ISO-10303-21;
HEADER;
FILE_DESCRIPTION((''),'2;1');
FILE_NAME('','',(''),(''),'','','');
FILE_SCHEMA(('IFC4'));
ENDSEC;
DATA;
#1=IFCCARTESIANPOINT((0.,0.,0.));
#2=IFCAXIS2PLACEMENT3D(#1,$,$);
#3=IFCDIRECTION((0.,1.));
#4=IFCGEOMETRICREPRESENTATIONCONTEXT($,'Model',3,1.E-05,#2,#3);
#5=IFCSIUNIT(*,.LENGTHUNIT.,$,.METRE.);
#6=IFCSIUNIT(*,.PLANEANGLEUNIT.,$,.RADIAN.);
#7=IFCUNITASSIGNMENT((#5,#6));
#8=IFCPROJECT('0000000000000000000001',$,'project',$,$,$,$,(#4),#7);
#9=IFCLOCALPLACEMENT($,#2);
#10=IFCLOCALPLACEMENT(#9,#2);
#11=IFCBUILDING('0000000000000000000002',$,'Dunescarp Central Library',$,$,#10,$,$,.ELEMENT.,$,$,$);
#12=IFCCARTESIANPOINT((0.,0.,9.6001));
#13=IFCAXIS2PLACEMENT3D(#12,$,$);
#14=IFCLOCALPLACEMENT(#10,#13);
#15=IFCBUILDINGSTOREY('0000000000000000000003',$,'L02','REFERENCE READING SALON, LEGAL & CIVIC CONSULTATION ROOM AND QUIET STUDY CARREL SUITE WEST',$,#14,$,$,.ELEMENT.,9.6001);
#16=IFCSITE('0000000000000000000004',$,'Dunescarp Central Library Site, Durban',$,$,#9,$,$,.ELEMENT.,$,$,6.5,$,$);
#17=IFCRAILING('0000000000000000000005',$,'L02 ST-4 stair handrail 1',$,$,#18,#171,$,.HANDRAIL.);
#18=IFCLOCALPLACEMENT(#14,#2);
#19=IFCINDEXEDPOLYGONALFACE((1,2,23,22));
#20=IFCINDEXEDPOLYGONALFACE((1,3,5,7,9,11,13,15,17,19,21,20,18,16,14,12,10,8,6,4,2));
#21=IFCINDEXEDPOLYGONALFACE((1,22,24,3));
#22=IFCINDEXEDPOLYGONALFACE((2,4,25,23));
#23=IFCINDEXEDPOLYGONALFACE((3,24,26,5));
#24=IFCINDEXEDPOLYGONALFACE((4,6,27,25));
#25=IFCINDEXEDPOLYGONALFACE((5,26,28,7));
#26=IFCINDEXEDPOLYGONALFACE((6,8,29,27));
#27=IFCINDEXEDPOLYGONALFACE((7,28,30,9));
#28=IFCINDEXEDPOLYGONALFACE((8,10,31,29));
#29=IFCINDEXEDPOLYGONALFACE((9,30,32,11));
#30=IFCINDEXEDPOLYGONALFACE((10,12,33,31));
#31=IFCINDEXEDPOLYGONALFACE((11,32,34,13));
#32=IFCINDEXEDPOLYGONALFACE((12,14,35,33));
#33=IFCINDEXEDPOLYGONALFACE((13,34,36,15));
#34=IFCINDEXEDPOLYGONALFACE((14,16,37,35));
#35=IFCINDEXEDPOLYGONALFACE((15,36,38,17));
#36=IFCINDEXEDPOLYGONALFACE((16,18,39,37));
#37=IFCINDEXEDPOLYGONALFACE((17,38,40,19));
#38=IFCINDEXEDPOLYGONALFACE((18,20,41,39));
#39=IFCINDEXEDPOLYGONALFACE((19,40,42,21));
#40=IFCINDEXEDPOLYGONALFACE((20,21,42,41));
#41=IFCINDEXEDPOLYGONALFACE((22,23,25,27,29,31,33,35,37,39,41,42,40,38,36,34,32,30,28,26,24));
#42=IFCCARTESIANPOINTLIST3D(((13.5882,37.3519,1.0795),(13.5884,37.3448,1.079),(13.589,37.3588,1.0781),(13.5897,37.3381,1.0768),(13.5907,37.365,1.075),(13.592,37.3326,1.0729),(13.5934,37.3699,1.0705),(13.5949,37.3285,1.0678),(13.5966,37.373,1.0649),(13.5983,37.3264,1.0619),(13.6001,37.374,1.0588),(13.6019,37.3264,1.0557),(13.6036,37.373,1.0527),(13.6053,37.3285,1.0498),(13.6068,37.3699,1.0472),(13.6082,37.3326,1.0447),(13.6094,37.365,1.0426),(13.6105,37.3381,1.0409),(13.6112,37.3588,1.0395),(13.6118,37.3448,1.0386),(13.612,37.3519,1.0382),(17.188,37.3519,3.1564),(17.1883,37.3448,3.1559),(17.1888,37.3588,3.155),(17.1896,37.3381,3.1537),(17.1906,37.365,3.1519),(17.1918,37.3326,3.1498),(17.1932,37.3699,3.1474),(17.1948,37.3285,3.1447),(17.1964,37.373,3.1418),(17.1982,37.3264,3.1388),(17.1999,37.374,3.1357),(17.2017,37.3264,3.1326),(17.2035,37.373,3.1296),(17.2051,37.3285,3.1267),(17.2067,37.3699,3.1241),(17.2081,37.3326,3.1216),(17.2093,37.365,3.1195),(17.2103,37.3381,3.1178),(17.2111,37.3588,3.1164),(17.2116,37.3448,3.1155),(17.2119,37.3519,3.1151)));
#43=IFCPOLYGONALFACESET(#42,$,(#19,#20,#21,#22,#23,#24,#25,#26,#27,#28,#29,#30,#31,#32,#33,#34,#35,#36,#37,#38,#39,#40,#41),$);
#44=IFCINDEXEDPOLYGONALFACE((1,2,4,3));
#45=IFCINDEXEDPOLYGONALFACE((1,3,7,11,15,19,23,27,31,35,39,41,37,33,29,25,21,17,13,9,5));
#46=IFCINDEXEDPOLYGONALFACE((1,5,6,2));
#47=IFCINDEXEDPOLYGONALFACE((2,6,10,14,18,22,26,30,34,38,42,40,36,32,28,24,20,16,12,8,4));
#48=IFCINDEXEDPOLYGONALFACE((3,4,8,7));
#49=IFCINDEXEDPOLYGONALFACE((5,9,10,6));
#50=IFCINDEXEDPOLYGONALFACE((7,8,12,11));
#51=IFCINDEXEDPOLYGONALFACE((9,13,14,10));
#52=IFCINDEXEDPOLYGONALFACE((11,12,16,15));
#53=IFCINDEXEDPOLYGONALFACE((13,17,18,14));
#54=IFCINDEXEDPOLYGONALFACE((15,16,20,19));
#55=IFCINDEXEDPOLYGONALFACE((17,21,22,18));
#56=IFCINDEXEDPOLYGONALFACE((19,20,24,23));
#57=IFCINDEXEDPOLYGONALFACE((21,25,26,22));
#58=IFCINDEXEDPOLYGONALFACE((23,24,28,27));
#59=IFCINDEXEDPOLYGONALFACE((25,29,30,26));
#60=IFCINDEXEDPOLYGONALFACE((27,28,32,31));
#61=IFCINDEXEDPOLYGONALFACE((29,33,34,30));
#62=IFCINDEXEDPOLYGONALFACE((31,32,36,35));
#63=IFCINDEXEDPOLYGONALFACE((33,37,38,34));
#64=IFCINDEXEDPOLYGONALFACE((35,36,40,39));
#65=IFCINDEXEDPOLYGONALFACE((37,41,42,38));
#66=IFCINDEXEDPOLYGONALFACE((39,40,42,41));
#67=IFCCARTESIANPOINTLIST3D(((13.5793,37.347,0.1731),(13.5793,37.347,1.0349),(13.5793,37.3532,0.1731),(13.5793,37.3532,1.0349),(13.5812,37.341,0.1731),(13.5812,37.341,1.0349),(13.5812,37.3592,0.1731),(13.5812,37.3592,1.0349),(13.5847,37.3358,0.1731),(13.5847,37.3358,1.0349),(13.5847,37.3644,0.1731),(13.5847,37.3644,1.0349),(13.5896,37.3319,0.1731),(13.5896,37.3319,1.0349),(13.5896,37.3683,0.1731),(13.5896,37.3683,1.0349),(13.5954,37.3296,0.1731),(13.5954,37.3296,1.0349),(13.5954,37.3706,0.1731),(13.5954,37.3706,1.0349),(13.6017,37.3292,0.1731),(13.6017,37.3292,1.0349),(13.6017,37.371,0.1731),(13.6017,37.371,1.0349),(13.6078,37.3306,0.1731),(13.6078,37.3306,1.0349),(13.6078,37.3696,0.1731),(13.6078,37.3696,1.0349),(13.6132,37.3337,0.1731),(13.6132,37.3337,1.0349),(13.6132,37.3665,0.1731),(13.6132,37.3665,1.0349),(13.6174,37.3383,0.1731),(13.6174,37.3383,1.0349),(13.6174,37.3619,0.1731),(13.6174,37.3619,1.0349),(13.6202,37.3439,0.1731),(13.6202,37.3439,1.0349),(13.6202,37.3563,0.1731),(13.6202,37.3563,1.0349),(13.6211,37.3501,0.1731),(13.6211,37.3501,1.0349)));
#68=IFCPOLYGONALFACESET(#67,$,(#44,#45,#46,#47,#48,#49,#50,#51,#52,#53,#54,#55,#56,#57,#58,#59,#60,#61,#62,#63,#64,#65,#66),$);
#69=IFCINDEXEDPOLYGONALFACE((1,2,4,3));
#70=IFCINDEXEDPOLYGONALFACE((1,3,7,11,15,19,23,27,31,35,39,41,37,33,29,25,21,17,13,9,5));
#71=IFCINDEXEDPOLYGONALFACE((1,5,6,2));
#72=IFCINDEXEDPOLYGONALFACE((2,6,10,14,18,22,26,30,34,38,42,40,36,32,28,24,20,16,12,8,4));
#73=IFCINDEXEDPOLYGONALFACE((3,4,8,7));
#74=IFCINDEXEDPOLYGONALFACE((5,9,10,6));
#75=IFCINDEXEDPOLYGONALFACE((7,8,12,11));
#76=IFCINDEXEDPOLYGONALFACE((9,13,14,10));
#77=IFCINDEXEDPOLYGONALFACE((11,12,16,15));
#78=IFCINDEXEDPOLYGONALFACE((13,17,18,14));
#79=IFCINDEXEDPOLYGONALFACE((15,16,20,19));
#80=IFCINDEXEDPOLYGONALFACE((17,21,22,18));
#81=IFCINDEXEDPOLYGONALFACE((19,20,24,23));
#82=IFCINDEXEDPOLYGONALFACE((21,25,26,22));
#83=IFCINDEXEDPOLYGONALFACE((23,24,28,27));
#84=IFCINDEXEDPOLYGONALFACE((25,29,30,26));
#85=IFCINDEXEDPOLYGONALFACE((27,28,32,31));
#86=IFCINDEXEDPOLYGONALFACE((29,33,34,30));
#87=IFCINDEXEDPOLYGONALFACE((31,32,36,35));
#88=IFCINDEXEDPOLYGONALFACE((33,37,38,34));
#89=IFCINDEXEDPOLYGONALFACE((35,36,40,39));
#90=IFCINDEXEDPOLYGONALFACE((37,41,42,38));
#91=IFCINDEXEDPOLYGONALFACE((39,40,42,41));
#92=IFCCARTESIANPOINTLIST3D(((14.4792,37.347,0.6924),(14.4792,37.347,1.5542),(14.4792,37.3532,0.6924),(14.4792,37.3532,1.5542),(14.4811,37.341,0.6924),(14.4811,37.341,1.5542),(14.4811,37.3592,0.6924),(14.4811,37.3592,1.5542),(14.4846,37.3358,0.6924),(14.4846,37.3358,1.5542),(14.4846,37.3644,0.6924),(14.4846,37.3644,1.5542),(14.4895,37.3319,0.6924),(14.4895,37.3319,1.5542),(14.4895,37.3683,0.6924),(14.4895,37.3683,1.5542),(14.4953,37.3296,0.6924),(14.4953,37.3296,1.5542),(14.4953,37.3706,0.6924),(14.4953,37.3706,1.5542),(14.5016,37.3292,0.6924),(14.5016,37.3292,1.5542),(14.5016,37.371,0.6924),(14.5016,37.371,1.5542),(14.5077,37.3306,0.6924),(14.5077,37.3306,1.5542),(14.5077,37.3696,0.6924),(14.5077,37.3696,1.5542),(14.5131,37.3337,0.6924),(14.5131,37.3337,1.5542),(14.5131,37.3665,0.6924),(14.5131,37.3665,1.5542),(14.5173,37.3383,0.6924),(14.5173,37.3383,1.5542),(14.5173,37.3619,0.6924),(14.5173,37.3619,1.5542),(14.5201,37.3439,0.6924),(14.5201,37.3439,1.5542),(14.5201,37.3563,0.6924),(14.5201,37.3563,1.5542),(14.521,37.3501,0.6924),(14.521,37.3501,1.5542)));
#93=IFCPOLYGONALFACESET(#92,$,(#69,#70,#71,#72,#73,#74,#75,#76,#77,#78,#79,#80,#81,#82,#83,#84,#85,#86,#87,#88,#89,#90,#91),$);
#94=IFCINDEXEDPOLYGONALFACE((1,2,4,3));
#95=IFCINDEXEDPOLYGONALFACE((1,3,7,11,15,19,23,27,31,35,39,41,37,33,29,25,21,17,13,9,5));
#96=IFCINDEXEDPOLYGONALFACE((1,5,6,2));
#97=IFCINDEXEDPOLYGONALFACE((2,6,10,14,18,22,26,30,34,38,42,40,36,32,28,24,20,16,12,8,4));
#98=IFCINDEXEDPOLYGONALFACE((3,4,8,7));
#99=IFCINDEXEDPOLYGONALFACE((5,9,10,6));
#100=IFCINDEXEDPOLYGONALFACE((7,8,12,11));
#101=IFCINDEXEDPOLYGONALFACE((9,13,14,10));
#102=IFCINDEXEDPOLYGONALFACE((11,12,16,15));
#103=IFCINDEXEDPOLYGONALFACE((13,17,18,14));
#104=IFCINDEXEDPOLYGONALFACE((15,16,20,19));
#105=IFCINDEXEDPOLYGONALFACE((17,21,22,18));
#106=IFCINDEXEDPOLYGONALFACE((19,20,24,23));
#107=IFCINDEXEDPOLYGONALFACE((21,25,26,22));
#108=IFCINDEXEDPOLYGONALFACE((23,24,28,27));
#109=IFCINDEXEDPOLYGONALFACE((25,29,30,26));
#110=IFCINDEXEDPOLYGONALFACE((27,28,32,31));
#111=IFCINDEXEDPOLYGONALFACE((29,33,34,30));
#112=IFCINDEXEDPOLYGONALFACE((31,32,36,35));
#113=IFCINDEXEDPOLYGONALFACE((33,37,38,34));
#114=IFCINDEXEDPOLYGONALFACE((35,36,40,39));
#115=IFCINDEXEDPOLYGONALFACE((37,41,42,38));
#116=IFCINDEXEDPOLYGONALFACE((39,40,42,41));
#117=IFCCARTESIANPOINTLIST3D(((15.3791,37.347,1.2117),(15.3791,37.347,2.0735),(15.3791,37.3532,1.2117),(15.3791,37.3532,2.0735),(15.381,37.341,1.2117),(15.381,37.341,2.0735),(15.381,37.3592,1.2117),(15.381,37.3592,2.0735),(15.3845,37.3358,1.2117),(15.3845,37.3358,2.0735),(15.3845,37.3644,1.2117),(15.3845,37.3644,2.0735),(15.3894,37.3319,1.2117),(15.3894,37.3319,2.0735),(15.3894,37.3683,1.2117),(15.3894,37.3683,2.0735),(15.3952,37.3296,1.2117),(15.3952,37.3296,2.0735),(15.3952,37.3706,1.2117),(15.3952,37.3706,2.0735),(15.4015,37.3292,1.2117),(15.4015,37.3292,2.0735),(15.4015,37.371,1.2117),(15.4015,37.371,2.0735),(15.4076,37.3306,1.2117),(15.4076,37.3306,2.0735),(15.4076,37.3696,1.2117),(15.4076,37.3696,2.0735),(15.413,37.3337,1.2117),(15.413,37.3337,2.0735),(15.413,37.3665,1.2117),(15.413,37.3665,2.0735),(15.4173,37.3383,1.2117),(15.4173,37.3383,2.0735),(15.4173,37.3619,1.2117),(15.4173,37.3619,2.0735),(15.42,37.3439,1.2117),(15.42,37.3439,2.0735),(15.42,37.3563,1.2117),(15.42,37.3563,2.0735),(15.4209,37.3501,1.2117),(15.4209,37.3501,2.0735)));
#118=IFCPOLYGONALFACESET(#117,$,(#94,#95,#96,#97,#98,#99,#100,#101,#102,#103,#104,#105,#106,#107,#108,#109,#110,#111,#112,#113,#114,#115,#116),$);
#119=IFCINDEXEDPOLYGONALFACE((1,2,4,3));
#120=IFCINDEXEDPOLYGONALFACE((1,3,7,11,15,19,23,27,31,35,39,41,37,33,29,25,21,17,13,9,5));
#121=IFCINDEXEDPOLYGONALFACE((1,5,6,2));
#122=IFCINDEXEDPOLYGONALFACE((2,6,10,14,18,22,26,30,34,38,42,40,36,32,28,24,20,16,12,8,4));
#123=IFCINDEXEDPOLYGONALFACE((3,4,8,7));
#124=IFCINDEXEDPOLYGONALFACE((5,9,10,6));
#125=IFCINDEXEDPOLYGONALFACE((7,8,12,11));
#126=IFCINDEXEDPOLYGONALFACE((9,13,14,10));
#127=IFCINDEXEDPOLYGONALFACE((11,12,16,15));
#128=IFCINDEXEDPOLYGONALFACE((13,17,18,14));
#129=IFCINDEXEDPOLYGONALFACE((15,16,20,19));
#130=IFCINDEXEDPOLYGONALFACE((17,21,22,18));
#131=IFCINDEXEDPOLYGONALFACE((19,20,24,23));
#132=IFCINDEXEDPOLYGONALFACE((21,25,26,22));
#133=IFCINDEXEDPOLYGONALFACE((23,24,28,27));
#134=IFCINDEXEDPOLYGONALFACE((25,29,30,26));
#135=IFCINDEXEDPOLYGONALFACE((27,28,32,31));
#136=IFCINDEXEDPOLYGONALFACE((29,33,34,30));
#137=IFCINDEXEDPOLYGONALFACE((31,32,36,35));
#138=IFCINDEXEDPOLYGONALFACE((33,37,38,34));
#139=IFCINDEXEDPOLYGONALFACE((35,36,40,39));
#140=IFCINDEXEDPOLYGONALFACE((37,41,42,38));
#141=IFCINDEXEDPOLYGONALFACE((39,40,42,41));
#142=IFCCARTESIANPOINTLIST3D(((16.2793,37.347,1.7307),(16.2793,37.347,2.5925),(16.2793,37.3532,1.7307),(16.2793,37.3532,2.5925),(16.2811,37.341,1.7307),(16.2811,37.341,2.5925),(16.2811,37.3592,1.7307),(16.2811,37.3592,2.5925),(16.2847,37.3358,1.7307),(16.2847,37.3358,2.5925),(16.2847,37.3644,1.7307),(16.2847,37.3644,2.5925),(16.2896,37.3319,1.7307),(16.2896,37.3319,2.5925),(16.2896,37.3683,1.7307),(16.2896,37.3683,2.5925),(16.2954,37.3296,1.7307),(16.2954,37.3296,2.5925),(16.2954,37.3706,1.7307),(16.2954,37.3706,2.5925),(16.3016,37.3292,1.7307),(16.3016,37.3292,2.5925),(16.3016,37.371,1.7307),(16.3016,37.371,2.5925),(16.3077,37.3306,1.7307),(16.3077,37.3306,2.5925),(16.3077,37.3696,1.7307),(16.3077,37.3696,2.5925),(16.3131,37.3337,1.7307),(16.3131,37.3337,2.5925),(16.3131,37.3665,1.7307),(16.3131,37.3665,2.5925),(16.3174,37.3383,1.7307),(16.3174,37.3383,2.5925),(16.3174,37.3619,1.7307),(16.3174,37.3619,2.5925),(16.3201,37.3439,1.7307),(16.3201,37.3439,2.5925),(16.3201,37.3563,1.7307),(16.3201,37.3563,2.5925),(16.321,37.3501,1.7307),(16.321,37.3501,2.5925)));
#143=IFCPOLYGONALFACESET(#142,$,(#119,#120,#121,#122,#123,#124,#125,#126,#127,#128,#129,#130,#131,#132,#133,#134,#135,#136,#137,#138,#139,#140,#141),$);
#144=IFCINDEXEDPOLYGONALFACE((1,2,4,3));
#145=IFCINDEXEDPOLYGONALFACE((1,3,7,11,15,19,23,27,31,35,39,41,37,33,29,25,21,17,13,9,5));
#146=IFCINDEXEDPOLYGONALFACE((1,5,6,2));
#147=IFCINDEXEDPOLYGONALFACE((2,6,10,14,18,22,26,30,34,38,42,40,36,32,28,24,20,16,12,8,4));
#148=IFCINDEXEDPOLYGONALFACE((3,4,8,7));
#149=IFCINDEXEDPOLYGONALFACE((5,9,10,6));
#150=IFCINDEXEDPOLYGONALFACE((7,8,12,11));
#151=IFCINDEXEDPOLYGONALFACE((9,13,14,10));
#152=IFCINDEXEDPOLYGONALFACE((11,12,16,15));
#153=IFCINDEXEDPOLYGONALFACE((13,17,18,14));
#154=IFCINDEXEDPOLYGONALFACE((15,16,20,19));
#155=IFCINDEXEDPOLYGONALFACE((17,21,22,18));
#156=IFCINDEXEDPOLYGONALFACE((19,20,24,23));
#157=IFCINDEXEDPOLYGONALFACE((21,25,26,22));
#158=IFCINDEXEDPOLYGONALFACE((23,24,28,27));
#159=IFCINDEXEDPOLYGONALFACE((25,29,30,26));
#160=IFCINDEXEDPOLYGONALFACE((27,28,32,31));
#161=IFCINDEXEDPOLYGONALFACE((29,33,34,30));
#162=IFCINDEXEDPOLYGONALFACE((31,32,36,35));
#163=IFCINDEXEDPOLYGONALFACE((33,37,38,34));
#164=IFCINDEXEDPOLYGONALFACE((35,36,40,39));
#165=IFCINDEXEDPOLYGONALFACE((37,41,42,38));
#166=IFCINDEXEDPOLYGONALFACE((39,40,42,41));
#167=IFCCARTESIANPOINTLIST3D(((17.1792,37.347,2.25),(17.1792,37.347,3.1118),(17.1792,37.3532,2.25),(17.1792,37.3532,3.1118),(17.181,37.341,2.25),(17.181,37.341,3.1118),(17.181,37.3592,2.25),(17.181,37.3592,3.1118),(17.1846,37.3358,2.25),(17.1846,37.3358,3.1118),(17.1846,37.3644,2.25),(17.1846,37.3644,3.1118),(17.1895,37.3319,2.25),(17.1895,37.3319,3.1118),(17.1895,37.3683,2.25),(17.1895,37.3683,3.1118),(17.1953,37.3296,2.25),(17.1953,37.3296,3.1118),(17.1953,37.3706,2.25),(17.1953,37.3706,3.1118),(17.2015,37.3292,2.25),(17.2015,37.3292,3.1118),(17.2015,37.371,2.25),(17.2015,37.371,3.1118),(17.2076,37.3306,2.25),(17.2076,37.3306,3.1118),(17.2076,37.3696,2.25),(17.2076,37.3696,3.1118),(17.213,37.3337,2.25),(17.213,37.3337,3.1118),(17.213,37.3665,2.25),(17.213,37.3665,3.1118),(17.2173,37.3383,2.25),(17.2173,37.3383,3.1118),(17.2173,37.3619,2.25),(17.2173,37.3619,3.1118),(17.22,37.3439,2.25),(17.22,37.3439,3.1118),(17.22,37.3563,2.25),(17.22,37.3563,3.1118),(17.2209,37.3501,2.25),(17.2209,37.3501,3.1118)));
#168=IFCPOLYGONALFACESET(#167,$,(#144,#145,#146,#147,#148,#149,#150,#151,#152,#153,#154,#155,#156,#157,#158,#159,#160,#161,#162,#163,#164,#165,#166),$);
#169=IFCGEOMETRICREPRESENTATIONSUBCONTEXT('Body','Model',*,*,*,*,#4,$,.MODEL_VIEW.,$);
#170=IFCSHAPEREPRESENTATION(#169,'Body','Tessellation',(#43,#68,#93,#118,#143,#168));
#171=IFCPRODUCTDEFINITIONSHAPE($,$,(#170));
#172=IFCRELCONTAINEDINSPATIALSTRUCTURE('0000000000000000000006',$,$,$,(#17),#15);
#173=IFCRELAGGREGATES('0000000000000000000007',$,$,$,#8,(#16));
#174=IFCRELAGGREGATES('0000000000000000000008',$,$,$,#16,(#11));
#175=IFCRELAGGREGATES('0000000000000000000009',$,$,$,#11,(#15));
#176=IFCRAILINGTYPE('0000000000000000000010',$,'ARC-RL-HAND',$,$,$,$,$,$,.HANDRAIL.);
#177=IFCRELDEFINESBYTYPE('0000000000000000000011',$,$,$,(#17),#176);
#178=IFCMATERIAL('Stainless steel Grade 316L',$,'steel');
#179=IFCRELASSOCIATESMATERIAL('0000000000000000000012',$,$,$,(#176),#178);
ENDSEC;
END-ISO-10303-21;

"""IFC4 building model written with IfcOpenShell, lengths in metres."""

from ifc_helpers import new_model, si_unit, direction, frame, origin, origin_2d, place, context, subcontext, project, spatial, circle, extrude, material, type_object, element, save


model = new_model("IFC4")

# Units and contexts
model_context = context("Model", 3, precision=1e-05, world=origin(), true_north=direction((0.0, 1.0)))
body_context = subcontext(model_context, "Body", "Model", "MODEL_VIEW")
ifc_project = project(units=[si_unit("LENGTHUNIT", "METRE"), si_unit("PLANEANGLEUNIT", "RADIAN")], contexts=[model_context])

# Site, building, storey
site_placement = place(None, origin())
site = spatial("IfcSite", under=ifc_project, at=site_placement, Name="Dunescarp Central Library Site, Durban", CompositionType="ELEMENT", RefElevation=6.5)
building_placement = place(site_placement, origin())
building = spatial("IfcBuilding", under=site, at=building_placement, Name="Dunescarp Central Library", CompositionType="ELEMENT")
storey_placement = place(building_placement, frame((0.0, 0.0, 9.6001)))
storey = spatial("IfcBuildingStorey", under=building, at=storey_placement, Name="L02", Description="REFERENCE READING SALON, LEGAL & CIVIC CONSULTATION ROOM AND QUIET STUDY CARREL SUITE WEST", CompositionType="ELEMENT", Elevation=9.6001)

# Railing
ifc_material_1 = material(Name="Stainless steel Grade 316L", Category="steel")
railing_type_1 = type_object("IfcRailingType", Name="ARC-RL-HAND", PredefinedType="HANDRAIL", material=ifc_material_1)
railing_1_placement = place(storey_placement, frame((13.6001, 37.3501, 0.1731)))
element("IfcRailing", 1, at=railing_1_placement, inside=storey, type_object=railing_type_1, Name="L02 ST-4 stair handrail 1", PredefinedType="HANDRAIL", context=body_context, shape_type="SweptSolid", body=[
    extrude(circle(Radius=0.0239, at=origin_2d()), frame((0.0, 0.0, 0.8857), z_axis=(0.866179, 0.0, 0.499734), x_axis=(0.0, 1.0, 0.0)), (0.0, 0.0, 1.0), 4.156),
    extrude(circle(Radius=0.021, at=origin_2d()), origin(), (0.0, 0.0, 1.0), 0.8618),
    extrude(circle(Radius=0.021, at=origin_2d()), frame((0.8999, 0.0, 0.5193)), (0.0, 0.0, 1.0), 0.8618),
    extrude(circle(Radius=0.021, at=origin_2d()), frame((1.7998, 0.0, 1.0386)), (0.0, 0.0, 1.0), 0.8618),
    extrude(circle(Radius=0.021, at=origin_2d()), frame((2.7, 0.0, 1.5576)), (0.0, 0.0, 1.0), 0.8618),
    extrude(circle(Radius=0.021, at=origin_2d()), frame((3.5999, 0.0, 2.0769)), (0.0, 0.0, 1.0), 0.8618),
])

save(model, "model.ifc")
